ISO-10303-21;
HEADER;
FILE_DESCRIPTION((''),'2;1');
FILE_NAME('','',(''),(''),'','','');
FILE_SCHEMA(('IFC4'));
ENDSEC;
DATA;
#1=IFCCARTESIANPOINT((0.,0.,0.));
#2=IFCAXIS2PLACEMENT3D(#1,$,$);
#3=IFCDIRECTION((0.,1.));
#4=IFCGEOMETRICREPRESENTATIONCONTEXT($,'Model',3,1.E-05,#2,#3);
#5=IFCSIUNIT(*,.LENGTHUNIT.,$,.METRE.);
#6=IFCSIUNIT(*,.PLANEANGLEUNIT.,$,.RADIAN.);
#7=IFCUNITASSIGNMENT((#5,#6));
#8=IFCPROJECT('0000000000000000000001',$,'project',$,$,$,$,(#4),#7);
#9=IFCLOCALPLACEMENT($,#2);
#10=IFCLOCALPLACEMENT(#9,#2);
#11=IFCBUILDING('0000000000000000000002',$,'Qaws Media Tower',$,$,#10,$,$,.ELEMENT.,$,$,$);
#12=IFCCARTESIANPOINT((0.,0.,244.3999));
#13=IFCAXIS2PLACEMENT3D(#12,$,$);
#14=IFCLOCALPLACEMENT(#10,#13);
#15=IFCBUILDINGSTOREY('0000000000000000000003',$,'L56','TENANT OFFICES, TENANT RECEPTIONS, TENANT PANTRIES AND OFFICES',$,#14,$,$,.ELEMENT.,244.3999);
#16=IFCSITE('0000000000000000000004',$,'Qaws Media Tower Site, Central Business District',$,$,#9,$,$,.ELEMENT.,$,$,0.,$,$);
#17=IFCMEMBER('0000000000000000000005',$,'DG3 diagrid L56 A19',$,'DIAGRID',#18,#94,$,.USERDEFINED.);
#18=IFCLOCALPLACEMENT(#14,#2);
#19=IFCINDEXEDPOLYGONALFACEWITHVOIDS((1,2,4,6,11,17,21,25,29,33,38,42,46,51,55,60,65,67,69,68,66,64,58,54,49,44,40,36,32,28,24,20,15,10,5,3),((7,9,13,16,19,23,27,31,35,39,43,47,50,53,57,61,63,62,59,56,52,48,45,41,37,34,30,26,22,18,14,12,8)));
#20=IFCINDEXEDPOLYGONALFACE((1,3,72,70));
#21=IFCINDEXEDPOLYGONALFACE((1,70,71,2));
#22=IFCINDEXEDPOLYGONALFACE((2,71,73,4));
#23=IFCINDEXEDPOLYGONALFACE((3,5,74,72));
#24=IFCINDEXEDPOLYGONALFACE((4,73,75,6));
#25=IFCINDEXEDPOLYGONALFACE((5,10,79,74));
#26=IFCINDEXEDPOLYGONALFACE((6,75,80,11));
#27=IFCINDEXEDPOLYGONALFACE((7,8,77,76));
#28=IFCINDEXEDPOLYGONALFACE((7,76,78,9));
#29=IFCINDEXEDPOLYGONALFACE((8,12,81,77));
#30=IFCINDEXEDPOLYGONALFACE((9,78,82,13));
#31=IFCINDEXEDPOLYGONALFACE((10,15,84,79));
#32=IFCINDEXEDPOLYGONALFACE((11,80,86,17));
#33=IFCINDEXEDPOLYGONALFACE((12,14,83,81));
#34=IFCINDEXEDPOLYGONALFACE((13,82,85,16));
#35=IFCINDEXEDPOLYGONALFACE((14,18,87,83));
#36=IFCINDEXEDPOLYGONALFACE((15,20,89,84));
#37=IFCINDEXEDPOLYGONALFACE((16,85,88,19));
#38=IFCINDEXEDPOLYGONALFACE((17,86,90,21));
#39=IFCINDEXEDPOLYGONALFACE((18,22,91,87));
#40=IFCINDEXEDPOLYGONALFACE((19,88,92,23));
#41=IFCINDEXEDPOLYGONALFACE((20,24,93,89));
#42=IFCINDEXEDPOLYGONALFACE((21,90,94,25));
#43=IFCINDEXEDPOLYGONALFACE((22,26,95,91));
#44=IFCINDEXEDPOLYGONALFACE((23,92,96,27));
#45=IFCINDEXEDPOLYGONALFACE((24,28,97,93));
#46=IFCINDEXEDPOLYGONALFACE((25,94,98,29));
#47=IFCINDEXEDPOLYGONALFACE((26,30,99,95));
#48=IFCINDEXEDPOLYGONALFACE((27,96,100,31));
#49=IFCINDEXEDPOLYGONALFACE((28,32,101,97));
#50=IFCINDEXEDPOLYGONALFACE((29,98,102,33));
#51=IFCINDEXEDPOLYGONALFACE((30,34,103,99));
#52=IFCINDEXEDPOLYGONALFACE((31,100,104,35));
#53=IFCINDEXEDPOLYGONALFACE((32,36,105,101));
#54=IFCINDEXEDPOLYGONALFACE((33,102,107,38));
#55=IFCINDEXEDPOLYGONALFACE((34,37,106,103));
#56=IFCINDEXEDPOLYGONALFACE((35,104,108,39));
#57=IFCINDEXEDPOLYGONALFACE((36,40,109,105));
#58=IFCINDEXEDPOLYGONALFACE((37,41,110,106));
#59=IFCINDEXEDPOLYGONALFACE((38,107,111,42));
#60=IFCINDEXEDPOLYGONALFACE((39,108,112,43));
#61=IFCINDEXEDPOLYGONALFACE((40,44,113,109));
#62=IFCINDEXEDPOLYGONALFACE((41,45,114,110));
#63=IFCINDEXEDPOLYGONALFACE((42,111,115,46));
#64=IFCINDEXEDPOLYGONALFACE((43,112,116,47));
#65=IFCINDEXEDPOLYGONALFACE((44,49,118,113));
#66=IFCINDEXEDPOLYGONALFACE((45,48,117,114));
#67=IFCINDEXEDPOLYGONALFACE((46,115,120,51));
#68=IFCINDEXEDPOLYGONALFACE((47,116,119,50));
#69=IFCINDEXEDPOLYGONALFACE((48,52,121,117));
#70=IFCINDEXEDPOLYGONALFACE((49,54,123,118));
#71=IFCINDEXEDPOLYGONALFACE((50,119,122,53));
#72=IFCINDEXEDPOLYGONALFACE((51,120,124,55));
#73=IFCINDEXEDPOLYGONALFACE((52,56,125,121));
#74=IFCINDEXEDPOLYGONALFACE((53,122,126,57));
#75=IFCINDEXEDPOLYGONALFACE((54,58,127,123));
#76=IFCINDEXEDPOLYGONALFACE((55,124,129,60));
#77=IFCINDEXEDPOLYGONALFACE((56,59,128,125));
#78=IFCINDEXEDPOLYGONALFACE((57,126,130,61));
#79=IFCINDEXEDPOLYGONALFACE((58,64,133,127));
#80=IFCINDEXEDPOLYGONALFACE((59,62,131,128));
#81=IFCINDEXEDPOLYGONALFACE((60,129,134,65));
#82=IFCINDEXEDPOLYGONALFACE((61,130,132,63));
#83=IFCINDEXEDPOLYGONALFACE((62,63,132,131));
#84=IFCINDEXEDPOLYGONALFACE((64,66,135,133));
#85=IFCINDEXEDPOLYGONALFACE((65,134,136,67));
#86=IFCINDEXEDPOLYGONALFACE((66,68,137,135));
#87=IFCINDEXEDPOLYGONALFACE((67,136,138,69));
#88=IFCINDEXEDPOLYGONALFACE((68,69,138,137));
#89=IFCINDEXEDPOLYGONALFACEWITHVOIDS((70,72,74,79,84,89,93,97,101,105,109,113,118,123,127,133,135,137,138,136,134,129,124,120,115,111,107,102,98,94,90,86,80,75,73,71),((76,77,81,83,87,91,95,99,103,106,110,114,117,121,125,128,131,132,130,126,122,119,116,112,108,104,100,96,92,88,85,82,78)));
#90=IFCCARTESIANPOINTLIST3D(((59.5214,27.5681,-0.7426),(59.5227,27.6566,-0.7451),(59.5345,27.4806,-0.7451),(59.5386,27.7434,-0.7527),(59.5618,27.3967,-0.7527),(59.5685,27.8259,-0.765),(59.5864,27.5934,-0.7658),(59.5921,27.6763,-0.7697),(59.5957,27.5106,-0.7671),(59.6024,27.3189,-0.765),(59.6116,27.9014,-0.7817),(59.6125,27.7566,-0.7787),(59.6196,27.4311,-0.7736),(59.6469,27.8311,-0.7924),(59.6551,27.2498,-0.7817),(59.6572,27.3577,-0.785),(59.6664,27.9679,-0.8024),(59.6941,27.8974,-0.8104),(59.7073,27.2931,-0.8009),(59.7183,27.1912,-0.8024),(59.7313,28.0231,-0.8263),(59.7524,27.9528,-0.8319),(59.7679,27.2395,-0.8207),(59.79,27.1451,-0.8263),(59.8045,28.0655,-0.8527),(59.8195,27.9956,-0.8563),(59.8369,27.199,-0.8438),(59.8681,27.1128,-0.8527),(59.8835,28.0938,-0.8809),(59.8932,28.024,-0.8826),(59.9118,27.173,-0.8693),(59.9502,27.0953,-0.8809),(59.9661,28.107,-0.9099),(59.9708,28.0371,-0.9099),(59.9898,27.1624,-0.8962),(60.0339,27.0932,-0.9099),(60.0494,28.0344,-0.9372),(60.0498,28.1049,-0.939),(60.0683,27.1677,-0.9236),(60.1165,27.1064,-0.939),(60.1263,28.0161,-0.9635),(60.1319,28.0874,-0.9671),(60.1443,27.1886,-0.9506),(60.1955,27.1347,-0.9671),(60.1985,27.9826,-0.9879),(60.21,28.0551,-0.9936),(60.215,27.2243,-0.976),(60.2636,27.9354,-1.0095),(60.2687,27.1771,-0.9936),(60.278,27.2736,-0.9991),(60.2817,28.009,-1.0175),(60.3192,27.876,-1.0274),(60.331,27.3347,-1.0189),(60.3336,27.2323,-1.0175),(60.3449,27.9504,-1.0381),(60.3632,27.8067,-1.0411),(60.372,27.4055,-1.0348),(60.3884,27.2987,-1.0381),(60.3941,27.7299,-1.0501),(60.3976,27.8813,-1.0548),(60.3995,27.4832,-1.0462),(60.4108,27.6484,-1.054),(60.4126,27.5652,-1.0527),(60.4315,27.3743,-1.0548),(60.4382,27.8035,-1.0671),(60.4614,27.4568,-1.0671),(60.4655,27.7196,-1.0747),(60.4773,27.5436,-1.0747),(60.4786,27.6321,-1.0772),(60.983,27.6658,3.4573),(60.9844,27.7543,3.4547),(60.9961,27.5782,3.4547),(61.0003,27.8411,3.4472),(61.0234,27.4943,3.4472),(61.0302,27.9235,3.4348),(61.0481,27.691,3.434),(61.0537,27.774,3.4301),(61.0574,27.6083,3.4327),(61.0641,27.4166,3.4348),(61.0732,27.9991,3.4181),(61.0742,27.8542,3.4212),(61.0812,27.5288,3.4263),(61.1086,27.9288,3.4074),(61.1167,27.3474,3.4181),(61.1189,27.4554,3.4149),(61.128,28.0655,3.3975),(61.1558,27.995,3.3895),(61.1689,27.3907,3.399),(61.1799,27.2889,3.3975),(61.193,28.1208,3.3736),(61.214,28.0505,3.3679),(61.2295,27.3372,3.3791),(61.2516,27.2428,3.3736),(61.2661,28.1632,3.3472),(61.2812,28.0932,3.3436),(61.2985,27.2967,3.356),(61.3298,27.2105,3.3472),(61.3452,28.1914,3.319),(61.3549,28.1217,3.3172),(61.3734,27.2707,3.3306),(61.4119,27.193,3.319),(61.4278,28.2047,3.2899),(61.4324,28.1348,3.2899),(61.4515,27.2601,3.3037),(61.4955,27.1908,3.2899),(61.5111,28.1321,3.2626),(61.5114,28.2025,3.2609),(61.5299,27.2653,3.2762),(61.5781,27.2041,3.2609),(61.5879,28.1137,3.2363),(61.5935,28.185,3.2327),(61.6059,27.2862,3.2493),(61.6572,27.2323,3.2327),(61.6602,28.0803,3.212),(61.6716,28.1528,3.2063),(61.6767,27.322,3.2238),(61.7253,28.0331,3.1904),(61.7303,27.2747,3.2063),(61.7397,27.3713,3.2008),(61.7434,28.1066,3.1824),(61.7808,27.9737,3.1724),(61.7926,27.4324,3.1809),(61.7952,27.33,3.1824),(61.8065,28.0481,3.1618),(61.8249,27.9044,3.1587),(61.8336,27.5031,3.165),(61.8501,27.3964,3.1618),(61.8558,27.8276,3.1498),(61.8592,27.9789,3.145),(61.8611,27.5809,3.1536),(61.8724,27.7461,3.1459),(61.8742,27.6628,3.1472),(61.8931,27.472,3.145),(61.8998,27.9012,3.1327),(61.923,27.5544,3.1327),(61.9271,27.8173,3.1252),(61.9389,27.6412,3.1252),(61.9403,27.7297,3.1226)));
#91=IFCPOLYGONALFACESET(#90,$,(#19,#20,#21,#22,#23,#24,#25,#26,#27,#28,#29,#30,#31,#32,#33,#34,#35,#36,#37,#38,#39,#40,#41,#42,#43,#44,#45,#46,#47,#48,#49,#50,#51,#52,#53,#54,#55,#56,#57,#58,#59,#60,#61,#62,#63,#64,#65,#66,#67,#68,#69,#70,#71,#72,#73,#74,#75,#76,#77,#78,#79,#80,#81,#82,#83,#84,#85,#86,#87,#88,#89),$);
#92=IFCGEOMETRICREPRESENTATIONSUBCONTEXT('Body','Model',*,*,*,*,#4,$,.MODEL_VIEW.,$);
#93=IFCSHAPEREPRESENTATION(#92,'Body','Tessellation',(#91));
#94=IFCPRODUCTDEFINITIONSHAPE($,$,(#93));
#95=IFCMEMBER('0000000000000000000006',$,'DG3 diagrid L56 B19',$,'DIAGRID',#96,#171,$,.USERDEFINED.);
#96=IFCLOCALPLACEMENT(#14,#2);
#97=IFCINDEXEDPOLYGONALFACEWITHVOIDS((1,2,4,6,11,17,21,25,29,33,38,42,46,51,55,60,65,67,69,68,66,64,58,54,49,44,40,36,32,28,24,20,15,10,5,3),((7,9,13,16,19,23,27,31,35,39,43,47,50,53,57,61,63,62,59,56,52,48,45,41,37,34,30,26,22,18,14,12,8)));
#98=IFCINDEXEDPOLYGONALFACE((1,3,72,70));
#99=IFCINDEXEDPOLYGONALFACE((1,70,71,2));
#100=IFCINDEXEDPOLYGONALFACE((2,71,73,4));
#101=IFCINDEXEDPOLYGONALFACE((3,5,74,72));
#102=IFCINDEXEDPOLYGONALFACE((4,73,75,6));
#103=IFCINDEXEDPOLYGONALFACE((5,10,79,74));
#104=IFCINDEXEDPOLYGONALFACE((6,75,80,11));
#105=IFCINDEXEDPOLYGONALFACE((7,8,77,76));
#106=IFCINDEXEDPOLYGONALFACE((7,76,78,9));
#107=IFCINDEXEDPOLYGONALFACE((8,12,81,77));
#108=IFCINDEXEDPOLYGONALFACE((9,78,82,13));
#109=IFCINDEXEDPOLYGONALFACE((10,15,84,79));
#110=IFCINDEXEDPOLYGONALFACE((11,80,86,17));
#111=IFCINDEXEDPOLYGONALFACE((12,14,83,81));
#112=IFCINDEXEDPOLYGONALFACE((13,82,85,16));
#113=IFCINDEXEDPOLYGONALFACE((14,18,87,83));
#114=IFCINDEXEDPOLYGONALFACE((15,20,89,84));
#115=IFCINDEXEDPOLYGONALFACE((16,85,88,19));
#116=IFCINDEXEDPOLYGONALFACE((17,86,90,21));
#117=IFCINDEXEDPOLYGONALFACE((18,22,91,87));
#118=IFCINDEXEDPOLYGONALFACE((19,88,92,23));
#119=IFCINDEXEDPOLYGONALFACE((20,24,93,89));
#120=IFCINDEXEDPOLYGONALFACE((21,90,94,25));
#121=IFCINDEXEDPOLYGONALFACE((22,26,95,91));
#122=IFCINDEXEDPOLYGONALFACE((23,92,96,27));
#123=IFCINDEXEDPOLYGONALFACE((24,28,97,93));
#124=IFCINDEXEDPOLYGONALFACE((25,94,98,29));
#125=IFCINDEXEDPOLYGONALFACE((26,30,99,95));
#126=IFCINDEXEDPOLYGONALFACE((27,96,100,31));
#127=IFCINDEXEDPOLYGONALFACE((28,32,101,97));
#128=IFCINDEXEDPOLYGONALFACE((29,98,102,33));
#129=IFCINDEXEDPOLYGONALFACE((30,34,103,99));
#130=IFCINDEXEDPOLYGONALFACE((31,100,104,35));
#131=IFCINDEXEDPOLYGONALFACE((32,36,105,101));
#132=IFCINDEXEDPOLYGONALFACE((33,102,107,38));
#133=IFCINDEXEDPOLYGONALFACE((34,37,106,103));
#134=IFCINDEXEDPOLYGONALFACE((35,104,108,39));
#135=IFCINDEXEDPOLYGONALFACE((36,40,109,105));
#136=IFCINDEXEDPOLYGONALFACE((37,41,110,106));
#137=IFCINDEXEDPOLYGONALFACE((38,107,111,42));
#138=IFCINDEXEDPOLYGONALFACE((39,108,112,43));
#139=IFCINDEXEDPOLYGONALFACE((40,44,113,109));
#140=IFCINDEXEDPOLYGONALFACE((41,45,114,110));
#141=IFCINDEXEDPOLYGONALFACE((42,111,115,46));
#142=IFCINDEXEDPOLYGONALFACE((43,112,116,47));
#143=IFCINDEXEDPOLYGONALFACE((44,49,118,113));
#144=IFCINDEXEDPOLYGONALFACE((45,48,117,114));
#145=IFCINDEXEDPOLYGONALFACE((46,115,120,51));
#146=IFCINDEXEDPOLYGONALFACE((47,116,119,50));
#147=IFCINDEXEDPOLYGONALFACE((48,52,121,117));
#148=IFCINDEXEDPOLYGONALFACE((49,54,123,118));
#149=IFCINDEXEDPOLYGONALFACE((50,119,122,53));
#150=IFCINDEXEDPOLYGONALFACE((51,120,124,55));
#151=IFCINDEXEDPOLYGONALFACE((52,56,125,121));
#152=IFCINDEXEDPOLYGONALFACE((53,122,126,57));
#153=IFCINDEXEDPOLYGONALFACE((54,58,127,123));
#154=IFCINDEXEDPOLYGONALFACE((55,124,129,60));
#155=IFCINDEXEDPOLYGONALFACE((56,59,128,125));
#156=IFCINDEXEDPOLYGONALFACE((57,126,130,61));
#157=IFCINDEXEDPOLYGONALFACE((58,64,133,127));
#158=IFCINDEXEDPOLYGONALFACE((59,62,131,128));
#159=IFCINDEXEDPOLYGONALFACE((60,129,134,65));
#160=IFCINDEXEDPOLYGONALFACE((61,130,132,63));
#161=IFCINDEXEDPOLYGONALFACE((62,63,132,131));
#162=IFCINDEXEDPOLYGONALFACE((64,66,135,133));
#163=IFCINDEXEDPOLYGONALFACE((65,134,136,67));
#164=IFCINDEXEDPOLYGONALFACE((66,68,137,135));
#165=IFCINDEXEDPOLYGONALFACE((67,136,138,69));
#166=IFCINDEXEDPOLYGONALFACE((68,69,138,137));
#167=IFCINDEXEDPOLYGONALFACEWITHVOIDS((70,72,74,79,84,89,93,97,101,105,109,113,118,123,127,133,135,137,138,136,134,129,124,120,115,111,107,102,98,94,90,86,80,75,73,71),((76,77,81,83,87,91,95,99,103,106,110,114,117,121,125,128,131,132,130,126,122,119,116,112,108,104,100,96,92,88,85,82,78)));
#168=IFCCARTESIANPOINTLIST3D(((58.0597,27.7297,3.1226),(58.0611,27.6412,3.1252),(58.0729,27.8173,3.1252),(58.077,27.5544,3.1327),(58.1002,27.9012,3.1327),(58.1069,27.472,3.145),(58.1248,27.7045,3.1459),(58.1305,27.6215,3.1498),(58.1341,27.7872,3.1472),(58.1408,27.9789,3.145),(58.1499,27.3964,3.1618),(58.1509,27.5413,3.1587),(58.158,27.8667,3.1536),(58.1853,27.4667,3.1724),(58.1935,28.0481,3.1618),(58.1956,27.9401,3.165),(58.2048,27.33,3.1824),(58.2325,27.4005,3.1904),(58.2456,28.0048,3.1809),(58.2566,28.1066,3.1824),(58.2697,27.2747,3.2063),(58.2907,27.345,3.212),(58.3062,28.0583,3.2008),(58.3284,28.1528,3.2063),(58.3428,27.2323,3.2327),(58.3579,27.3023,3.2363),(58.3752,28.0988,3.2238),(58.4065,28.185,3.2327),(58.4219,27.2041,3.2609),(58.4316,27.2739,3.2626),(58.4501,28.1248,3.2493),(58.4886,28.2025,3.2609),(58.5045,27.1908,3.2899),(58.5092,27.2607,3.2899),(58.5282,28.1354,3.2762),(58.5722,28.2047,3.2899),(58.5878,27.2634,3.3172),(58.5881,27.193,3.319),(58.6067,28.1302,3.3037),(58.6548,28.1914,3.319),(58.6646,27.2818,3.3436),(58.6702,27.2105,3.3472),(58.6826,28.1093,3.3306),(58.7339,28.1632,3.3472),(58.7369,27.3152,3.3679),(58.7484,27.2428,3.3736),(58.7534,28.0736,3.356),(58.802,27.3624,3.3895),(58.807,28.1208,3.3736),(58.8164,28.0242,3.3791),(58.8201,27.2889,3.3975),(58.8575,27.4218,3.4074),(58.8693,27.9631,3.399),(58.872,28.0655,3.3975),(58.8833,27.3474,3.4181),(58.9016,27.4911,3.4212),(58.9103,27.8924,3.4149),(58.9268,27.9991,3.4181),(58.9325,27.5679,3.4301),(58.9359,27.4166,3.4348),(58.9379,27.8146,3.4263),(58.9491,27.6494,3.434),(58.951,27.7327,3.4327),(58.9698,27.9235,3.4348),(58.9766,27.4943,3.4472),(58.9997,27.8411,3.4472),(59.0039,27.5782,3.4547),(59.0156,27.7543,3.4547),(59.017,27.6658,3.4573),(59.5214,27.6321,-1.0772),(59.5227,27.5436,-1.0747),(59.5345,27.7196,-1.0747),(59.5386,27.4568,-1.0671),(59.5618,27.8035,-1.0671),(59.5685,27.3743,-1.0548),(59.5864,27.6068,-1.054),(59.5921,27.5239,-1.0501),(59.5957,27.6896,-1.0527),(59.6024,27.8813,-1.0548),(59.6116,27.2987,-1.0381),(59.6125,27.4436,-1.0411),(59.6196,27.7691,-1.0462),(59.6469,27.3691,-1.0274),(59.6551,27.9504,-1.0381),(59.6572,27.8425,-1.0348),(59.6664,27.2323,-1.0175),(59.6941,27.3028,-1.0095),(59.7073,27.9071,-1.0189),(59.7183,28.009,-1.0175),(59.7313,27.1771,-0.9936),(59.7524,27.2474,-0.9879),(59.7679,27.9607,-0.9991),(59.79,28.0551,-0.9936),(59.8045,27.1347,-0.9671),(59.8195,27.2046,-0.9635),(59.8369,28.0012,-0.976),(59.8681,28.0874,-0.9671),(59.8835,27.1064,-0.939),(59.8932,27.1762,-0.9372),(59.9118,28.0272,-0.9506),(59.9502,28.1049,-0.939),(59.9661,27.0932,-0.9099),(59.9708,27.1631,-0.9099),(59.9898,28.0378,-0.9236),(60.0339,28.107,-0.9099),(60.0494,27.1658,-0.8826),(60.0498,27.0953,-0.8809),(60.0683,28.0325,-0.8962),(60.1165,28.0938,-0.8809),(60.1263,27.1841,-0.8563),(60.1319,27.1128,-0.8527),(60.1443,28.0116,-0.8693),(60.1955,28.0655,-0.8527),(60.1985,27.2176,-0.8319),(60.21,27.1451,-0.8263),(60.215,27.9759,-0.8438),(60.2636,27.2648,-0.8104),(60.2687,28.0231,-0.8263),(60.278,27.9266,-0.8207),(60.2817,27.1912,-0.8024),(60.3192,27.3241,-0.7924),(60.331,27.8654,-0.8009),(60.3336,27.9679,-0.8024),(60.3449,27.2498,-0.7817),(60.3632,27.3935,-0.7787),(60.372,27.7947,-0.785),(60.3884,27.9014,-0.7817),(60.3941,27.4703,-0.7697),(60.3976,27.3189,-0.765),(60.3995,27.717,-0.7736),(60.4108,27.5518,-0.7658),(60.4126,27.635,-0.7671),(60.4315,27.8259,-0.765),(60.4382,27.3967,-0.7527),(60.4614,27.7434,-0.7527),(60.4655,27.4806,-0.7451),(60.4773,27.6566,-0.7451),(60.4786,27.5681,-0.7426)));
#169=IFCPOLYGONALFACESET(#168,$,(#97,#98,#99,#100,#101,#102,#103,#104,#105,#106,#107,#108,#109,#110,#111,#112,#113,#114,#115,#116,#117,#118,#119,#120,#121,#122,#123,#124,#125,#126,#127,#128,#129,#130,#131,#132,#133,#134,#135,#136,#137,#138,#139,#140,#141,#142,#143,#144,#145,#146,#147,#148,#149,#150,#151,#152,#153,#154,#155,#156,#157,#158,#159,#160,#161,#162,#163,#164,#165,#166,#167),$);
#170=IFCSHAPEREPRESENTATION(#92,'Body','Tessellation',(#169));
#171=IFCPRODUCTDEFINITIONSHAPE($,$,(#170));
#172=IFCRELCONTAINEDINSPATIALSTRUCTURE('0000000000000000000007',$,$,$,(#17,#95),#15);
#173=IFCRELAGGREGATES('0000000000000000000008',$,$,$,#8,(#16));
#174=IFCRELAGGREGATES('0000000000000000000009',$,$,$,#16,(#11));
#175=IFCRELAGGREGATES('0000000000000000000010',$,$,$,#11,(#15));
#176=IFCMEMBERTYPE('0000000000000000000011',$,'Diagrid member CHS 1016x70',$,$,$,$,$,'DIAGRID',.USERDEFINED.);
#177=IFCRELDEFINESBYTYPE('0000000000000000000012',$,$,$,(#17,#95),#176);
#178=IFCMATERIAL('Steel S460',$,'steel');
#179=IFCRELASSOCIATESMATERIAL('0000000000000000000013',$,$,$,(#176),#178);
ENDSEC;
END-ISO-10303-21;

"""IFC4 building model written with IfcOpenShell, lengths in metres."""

from ifc_helpers import new_model, si_unit, direction, frame, origin, origin_2d, place, context, subcontext, project, spatial, hollow_circle, extrude, material, material_profile, profile_set, type_object, element, save


model = new_model("IFC4")

# Units and contexts
model_context = context("Model", 3, precision=1e-05, world=origin(), true_north=direction((0.0, 1.0)))
body_context = subcontext(model_context, "Body", "Model", "MODEL_VIEW")
ifc_project = project(units=[si_unit("LENGTHUNIT", "METRE"), si_unit("PLANEANGLEUNIT", "RADIAN")], contexts=[model_context])

# Site, building, storey
site_placement = place(None, origin())
site = spatial("IfcSite", under=ifc_project, at=site_placement, Name="Qaws Media Tower Site, Central Business District", CompositionType="ELEMENT", RefElevation=0.0)
building_placement = place(site_placement, origin())
building = spatial("IfcBuilding", under=site, at=building_placement, Name="Qaws Media Tower", CompositionType="ELEMENT")
storey_placement = place(building_placement, frame((0.0, 0.0, 244.3999)))
storey = spatial("IfcBuildingStorey", under=building, at=storey_placement, Name="L56", Description="TENANT OFFICES, TENANT RECEPTIONS, TENANT PANTRIES AND OFFICES", CompositionType="ELEMENT", Elevation=244.3999)

# Members
ifc_material_1 = material(Name="Steel S460", Category="steel")
ifc_material_profile_1 = material_profile(ifc_material_1, hollow_circle(Radius=0.5081, WallThickness=0.0701, at=origin_2d()), Name="CHS 1016x70")
ifc_profile_set_1 = profile_set([ifc_material_profile_1], Name="Steel S460")
member_type_1 = type_object("IfcMemberType", Name="Diagrid member CHS 1016x70", ElementType="DIAGRID", PredefinedType="USERDEFINED", material=ifc_profile_set_1)
for number, where, z_axis, x_axis, name in (
    (1, (60.0, 27.6001, -0.9099), (0.328605, 0.021955, 0.944212), (-0.066663, 0.997776, 0.0), "DG3 diagrid L56 A19"),
    (2, (60.0, 27.6001, -0.9099), (-0.328605, 0.021955, 0.944212), (-0.066663, -0.997776, 0.0), "DG3 diagrid L56 B19"),
):
    element("IfcMember", number, at=place(storey_placement, frame(where, z_axis=z_axis, x_axis=x_axis)), inside=storey, type_object=member_type_1, Name=name, ObjectType="DIAGRID", PredefinedType="USERDEFINED", context=body_context, shape_type="SweptSolid", body=[
        extrude(hollow_circle(Radius=0.5081, WallThickness=0.0701, at=origin_2d()), origin(), (0.0, 0.0, 1.0), 4.448),
    ])

save(model, "model.ifc")
